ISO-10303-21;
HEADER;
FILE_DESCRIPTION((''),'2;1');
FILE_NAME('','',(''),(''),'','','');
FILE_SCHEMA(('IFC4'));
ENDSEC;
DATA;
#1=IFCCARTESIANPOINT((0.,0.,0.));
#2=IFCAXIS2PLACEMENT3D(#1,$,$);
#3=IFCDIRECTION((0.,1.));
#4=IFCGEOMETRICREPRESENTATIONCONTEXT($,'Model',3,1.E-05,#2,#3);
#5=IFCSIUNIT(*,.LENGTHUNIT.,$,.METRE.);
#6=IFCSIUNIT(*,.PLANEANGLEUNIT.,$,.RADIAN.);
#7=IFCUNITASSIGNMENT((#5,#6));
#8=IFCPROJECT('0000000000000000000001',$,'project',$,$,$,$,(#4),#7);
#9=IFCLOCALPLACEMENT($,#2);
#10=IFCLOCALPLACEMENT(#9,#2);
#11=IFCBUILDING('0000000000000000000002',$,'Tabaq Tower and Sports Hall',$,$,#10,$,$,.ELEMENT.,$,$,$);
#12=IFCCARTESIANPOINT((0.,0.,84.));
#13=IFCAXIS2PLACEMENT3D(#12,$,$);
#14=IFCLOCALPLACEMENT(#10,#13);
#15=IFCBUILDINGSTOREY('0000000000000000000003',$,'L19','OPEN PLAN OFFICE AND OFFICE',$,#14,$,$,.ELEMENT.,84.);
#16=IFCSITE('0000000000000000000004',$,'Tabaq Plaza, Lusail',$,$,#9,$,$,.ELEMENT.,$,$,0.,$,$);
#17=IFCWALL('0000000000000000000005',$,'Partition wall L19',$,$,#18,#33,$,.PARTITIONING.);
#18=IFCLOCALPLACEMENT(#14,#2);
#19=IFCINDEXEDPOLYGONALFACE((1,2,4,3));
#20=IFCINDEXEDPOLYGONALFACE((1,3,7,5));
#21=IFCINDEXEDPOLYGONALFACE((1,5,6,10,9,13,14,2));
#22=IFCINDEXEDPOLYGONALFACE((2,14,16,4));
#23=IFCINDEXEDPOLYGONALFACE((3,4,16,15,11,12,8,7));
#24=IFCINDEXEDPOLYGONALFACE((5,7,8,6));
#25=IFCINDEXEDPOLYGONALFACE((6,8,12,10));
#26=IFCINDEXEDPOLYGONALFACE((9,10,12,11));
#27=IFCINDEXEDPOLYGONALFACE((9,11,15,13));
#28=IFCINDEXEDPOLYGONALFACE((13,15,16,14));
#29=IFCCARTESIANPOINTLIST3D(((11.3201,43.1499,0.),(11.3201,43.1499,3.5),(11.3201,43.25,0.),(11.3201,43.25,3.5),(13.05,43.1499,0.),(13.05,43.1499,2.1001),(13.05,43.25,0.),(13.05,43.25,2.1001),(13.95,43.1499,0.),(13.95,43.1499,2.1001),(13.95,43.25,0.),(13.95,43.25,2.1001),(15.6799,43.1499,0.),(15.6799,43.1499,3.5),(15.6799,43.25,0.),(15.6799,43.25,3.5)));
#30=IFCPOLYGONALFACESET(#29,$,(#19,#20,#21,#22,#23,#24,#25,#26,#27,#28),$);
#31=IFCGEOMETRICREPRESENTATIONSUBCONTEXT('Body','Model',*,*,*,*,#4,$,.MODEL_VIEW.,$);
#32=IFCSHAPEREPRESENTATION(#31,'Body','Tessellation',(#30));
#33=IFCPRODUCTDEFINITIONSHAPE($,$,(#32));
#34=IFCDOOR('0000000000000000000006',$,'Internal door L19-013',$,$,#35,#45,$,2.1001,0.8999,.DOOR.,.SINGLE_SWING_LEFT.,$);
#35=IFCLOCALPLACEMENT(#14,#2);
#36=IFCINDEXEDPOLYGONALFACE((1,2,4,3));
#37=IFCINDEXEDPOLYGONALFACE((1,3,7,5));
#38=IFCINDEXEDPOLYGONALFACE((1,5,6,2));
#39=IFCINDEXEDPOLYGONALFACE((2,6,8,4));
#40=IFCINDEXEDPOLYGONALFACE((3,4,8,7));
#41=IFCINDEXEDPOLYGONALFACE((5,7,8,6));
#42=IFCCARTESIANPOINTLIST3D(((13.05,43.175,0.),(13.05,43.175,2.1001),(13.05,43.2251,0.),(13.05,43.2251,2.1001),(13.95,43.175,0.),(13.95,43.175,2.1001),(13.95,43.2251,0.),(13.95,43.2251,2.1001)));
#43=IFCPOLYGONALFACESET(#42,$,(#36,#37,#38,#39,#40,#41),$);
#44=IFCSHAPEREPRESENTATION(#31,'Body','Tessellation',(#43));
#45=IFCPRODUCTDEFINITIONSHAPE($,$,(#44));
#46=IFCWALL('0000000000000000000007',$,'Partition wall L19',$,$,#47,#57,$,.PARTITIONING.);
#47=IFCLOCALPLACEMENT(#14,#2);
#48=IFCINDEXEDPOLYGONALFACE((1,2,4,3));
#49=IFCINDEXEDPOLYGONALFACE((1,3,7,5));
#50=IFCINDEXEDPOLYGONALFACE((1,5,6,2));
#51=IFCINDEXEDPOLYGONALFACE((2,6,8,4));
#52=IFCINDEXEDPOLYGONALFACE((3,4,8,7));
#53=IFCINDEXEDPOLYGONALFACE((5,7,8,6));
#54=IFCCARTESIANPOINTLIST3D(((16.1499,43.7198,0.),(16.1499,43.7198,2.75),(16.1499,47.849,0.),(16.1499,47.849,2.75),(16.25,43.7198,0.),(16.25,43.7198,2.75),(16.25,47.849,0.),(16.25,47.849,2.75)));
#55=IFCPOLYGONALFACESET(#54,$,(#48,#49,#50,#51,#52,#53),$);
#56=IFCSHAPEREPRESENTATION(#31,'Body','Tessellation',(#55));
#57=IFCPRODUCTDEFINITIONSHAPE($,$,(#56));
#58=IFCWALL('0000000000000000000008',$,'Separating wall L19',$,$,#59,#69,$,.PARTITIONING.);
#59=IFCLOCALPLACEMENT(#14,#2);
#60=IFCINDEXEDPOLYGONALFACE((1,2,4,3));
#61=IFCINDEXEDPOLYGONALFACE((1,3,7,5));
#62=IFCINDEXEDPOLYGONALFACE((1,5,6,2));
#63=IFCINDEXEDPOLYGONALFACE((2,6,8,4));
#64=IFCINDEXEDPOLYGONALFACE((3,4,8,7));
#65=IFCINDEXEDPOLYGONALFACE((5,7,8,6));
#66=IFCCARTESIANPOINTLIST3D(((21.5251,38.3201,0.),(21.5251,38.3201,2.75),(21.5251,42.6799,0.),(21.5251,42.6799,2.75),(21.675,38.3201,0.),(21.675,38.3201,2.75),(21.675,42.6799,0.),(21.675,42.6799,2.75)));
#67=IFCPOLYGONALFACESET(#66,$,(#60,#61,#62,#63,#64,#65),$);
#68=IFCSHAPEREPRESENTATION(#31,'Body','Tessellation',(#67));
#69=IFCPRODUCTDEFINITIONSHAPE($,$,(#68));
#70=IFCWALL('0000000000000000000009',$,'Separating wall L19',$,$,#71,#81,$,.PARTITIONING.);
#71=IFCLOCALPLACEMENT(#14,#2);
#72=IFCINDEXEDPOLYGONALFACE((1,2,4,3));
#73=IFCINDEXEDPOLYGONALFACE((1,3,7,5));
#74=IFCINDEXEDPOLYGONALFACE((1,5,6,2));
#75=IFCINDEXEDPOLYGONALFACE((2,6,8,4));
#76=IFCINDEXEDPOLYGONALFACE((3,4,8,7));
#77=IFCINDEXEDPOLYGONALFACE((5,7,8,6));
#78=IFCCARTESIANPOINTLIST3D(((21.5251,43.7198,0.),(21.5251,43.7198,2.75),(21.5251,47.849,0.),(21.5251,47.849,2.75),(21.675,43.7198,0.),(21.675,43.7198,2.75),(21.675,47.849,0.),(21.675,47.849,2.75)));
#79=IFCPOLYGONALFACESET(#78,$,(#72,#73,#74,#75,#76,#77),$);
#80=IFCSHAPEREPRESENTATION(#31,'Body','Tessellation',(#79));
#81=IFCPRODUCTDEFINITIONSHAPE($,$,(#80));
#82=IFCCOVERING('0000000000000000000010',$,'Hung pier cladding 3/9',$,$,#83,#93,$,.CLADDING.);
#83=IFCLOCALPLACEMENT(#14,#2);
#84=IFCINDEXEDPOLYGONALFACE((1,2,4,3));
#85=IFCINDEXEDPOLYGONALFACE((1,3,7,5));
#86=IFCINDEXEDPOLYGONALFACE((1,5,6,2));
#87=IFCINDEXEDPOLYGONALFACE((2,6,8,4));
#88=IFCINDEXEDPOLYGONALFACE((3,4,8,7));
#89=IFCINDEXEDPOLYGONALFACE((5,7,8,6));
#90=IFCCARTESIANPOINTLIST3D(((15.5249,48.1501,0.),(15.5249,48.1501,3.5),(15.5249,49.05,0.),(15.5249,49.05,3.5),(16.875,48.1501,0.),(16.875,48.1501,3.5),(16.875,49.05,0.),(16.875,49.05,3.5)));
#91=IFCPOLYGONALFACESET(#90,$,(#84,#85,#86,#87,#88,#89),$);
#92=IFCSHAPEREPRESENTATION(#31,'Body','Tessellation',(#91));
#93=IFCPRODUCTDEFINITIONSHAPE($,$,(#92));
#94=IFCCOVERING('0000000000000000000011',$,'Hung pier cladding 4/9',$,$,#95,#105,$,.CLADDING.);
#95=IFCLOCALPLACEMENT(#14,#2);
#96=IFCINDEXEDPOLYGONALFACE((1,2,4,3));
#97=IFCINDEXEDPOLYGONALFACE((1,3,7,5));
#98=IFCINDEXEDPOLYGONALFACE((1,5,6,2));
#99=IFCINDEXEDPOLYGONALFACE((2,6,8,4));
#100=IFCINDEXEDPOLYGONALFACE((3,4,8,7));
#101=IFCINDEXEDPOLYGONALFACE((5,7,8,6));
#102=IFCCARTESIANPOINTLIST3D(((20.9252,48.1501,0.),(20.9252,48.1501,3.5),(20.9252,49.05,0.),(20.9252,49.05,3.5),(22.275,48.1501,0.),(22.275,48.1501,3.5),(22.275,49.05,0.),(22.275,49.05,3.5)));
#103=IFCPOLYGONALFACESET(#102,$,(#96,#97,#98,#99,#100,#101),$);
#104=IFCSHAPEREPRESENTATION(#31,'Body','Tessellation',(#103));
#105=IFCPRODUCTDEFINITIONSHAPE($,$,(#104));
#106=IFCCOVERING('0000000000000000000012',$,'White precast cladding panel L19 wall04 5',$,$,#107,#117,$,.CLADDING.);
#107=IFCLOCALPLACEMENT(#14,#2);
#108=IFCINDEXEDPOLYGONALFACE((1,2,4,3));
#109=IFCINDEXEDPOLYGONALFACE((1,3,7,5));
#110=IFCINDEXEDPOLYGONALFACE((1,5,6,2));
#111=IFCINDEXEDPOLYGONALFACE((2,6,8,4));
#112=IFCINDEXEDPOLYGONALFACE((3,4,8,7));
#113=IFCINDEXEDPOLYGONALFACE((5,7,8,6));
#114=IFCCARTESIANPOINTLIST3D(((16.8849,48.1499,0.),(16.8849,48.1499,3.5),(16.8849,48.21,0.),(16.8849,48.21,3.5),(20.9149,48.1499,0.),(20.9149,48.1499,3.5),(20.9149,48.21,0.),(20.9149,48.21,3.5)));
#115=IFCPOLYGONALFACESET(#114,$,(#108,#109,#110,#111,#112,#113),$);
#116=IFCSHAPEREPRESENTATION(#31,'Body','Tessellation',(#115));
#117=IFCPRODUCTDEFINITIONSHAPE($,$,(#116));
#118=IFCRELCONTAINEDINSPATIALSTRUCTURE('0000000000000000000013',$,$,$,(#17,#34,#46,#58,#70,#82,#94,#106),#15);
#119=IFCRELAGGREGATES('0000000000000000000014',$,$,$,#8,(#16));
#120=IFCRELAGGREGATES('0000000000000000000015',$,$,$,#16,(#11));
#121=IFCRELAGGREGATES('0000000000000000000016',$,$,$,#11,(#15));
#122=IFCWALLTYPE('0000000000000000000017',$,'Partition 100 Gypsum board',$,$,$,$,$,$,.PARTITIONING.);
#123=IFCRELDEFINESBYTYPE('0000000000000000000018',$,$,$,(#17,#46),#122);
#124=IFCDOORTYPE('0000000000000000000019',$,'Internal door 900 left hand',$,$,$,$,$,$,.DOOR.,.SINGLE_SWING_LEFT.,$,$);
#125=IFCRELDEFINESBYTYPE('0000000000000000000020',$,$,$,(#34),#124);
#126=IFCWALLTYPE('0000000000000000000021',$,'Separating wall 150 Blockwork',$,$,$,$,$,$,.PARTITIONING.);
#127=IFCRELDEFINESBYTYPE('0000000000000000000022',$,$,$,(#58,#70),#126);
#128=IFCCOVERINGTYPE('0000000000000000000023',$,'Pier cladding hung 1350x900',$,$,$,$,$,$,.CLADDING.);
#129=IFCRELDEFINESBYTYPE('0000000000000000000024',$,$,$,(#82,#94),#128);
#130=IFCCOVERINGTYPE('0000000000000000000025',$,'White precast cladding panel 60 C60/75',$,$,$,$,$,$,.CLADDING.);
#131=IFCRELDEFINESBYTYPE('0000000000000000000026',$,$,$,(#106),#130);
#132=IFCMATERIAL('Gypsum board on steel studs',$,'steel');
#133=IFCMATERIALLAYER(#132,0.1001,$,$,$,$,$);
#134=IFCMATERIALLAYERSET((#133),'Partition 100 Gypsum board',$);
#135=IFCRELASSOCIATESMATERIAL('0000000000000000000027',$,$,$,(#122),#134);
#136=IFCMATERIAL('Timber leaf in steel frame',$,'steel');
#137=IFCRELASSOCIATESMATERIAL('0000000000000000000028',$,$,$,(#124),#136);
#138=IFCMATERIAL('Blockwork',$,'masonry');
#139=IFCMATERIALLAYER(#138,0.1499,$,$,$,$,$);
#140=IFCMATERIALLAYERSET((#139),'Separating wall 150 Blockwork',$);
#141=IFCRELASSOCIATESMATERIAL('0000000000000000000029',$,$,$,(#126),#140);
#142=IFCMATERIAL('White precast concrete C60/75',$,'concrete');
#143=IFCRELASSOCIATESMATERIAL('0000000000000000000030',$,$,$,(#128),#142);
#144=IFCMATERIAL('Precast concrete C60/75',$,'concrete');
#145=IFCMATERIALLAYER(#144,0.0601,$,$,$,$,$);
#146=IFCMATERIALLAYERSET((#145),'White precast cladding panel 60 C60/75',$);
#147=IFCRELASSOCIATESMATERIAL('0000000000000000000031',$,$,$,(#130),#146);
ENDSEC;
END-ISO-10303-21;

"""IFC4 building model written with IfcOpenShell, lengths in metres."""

from ifc_helpers import new_model, si_unit, direction, frame, frame_2d, origin, place, context, subcontext, project, spatial, rectangle, extrude, material, layer, layer_set, type_object, element, fill, save


model = new_model("IFC4")

# Units and contexts
model_context = context("Model", 3, precision=1e-05, world=origin(), true_north=direction((0.0, 1.0)))
body_context = subcontext(model_context, "Body", "Model", "MODEL_VIEW")
ifc_project = project(units=[si_unit("LENGTHUNIT", "METRE"), si_unit("PLANEANGLEUNIT", "RADIAN")], contexts=[model_context])

# Site, building, storey
site_placement = place(None, origin())
site = spatial("IfcSite", under=ifc_project, at=site_placement, Name="Tabaq Plaza, Lusail", CompositionType="ELEMENT", RefElevation=0.0)
building_placement = place(site_placement, origin())
building = spatial("IfcBuilding", under=site, at=building_placement, Name="Tabaq Tower and Sports Hall", CompositionType="ELEMENT")
storey_placement = place(building_placement, frame((0.0, 0.0, 84.0)))
storey = spatial("IfcBuildingStorey", under=building, at=storey_placement, Name="L19", Description="OPEN PLAN OFFICE AND OFFICE", CompositionType="ELEMENT", Elevation=84.0)

# Shared definitions
ifc_material_1 = material(Name="Gypsum board on steel studs", Category="steel")
ifc_layer_1 = layer(ifc_material_1, 0.1001)
ifc_layer_set_1 = layer_set([ifc_layer_1], Name="Partition 100 Gypsum board")
wall_type_1 = type_object("IfcWallType", Name="Partition 100 Gypsum board", PredefinedType="PARTITIONING", material=ifc_layer_set_1)

# Wall, opening, door
ifc_material_2 = material(Name="Timber leaf in steel frame", Category="steel")
door_type = type_object("IfcDoorType", Name="Internal door 900 left hand", OperationType="SINGLE_SWING_LEFT", PredefinedType="DOOR", material=ifc_material_2)
wall_1_placement = place(storey_placement, frame((15.6799, 43.2, 0.0), z_axis=(0.0, 0.0, 1.0), x_axis=(-1.0, 0.0, 0.0)))
wall_1 = element("IfcWall", 1, at=wall_1_placement, inside=storey, type_object=wall_type_1, Name="Partition wall L19", PredefinedType="PARTITIONING", context=body_context, shape_type="SweptSolid", body=[
    extrude(rectangle(XDim=4.3599, YDim=0.1001, at=frame_2d((2.1799, 0.0))), origin(), (0.0, 0.0, 1.0), 3.5),
])
opening_1_placement = place(wall_1_placement, frame((1.73, 0.0, 0.0)))
opening_1 = element("IfcOpeningElement", 2, at=opening_1_placement, cuts=wall_1, PredefinedType="OPENING", context=body_context, shape_type="SweptSolid", body=[
    extrude(rectangle(XDim=0.8999, YDim=2.1001, at=frame_2d((0.45, 1.05))), frame((0.0, 0.05, 0.0), z_axis=(0.0, -1.0, 0.0), x_axis=(1.0, 0.0, 0.0)), (0.0, 0.0, 1.0), 0.1001),
])
door_1_placement = place(opening_1_placement, origin())
door_1 = element("IfcDoor", 3, at=door_1_placement, inside=storey, type_object=door_type, Name="Internal door L19-013", OperationType="SINGLE_SWING_LEFT", OverallHeight=2.1001, OverallWidth=0.8999, PredefinedType="DOOR", context=body_context, shape_type="SweptSolid", body=[
    extrude(rectangle(XDim=0.8999, YDim=2.1001, at=frame_2d((0.45, 1.05))), frame((0.0, 0.0249, 0.0), z_axis=(0.0, -1.0, 0.0), x_axis=(1.0, 0.0, 0.0)), (0.0, 0.0, 1.0), 0.05),
])
fill(opening_1, door_1)

# Walls
wall_2_placement = place(storey_placement, frame((16.2, 43.72, 0.0), z_axis=(0.0, 0.0, 1.0), x_axis=(0.0, 1.0, 0.0)))
element("IfcWall", 4, at=wall_2_placement, inside=storey, type_object=wall_type_1, Name="Partition wall L19", PredefinedType="PARTITIONING", context=body_context, shape_type="SweptSolid", body=[
    extrude(rectangle(XDim=4.1292, YDim=0.1001, at=frame_2d((2.0645, 0.0))), origin(), (0.0, 0.0, 1.0), 2.75),
])
ifc_material_3 = material(Name="Blockwork", Category="masonry")
ifc_layer_2 = layer(ifc_material_3, 0.1499)
ifc_layer_set_2 = layer_set([ifc_layer_2], Name="Separating wall 150 Blockwork")
wall_type_2 = type_object("IfcWallType", Name="Separating wall 150 Blockwork", PredefinedType="PARTITIONING", material=ifc_layer_set_2)
wall_3_placement = place(storey_placement, frame((21.6001, 38.3201, 0.0), z_axis=(0.0, 0.0, 1.0), x_axis=(0.0, 1.0, 0.0)))
element("IfcWall", 5, at=wall_3_placement, inside=storey, type_object=wall_type_2, Name="Separating wall L19", PredefinedType="PARTITIONING", context=body_context, shape_type="SweptSolid", body=[
    extrude(rectangle(XDim=4.3599, YDim=0.1499, at=frame_2d((2.1799, 0.0))), origin(), (0.0, 0.0, 1.0), 2.75),
])
wall_4_placement = place(storey_placement, frame((21.6001, 43.72, 0.0), z_axis=(0.0, 0.0, 1.0), x_axis=(0.0, 1.0, 0.0)))
element("IfcWall", 6, at=wall_4_placement, inside=storey, type_object=wall_type_2, Name="Separating wall L19", PredefinedType="PARTITIONING", context=body_context, shape_type="SweptSolid", body=[
    extrude(rectangle(XDim=4.1292, YDim=0.1499, at=frame_2d((2.0645, 0.0))), origin(), (0.0, 0.0, 1.0), 2.75),
])

# Coverings
ifc_material_4 = material(Name="White precast concrete C60/75", Category="concrete")
covering_type_1 = type_object("IfcCoveringType", Name="Pier cladding hung 1350x900", PredefinedType="CLADDING", material=ifc_material_4)
covering_1_placement = place(storey_placement, frame((16.875, 48.6001, 0.0), z_axis=(0.0, 0.0, 1.0), x_axis=(-1.0, 0.0, 0.0)))
element("IfcCovering", 7, at=covering_1_placement, inside=storey, type_object=covering_type_1, Name="Hung pier cladding 3/9", PredefinedType="CLADDING", context=body_context, shape_type="SweptSolid", body=[
    extrude(rectangle(XDim=1.3501, YDim=0.8999, at=frame_2d((0.675, 0.0))), origin(), (0.0, 0.0, 1.0), 3.5),
])
covering_2_placement = place(storey_placement, frame((22.2749, 48.6001, 0.0), z_axis=(0.0, 0.0, 1.0), x_axis=(-1.0, 0.0, 0.0)))
element("IfcCovering", 8, at=covering_2_placement, inside=storey, type_object=covering_type_1, Name="Hung pier cladding 4/9", PredefinedType="CLADDING", context=body_context, shape_type="SweptSolid", body=[
    extrude(rectangle(XDim=1.3499, YDim=0.8999, at=frame_2d((0.6748, 0.0))), origin(), (0.0, 0.0, 1.0), 3.5),
])
ifc_material_5 = material(Name="Precast concrete C60/75", Category="concrete")
ifc_layer_3 = layer(ifc_material_5, 0.0601)
ifc_layer_set_3 = layer_set([ifc_layer_3], Name="White precast cladding panel 60 C60/75")
covering_type_2 = type_object("IfcCoveringType", Name="White precast cladding panel 60 C60/75", PredefinedType="CLADDING", material=ifc_layer_set_3)
covering_3_placement = place(storey_placement, frame((20.915, 48.1799, 0.0), z_axis=(0.0, 0.0, 1.0), x_axis=(-1.0, 0.0, 0.0)))
element("IfcCovering", 9, at=covering_3_placement, inside=storey, type_object=covering_type_2, Name="White precast cladding panel L19 wall04 5", PredefinedType="CLADDING", context=body_context, shape_type="SweptSolid", body=[
    extrude(rectangle(XDim=4.03, YDim=0.0601, at=frame_2d((2.0151, 0.0))), origin(), (0.0, 0.0, 1.0), 3.5),
])

save(model, "model.ifc")
